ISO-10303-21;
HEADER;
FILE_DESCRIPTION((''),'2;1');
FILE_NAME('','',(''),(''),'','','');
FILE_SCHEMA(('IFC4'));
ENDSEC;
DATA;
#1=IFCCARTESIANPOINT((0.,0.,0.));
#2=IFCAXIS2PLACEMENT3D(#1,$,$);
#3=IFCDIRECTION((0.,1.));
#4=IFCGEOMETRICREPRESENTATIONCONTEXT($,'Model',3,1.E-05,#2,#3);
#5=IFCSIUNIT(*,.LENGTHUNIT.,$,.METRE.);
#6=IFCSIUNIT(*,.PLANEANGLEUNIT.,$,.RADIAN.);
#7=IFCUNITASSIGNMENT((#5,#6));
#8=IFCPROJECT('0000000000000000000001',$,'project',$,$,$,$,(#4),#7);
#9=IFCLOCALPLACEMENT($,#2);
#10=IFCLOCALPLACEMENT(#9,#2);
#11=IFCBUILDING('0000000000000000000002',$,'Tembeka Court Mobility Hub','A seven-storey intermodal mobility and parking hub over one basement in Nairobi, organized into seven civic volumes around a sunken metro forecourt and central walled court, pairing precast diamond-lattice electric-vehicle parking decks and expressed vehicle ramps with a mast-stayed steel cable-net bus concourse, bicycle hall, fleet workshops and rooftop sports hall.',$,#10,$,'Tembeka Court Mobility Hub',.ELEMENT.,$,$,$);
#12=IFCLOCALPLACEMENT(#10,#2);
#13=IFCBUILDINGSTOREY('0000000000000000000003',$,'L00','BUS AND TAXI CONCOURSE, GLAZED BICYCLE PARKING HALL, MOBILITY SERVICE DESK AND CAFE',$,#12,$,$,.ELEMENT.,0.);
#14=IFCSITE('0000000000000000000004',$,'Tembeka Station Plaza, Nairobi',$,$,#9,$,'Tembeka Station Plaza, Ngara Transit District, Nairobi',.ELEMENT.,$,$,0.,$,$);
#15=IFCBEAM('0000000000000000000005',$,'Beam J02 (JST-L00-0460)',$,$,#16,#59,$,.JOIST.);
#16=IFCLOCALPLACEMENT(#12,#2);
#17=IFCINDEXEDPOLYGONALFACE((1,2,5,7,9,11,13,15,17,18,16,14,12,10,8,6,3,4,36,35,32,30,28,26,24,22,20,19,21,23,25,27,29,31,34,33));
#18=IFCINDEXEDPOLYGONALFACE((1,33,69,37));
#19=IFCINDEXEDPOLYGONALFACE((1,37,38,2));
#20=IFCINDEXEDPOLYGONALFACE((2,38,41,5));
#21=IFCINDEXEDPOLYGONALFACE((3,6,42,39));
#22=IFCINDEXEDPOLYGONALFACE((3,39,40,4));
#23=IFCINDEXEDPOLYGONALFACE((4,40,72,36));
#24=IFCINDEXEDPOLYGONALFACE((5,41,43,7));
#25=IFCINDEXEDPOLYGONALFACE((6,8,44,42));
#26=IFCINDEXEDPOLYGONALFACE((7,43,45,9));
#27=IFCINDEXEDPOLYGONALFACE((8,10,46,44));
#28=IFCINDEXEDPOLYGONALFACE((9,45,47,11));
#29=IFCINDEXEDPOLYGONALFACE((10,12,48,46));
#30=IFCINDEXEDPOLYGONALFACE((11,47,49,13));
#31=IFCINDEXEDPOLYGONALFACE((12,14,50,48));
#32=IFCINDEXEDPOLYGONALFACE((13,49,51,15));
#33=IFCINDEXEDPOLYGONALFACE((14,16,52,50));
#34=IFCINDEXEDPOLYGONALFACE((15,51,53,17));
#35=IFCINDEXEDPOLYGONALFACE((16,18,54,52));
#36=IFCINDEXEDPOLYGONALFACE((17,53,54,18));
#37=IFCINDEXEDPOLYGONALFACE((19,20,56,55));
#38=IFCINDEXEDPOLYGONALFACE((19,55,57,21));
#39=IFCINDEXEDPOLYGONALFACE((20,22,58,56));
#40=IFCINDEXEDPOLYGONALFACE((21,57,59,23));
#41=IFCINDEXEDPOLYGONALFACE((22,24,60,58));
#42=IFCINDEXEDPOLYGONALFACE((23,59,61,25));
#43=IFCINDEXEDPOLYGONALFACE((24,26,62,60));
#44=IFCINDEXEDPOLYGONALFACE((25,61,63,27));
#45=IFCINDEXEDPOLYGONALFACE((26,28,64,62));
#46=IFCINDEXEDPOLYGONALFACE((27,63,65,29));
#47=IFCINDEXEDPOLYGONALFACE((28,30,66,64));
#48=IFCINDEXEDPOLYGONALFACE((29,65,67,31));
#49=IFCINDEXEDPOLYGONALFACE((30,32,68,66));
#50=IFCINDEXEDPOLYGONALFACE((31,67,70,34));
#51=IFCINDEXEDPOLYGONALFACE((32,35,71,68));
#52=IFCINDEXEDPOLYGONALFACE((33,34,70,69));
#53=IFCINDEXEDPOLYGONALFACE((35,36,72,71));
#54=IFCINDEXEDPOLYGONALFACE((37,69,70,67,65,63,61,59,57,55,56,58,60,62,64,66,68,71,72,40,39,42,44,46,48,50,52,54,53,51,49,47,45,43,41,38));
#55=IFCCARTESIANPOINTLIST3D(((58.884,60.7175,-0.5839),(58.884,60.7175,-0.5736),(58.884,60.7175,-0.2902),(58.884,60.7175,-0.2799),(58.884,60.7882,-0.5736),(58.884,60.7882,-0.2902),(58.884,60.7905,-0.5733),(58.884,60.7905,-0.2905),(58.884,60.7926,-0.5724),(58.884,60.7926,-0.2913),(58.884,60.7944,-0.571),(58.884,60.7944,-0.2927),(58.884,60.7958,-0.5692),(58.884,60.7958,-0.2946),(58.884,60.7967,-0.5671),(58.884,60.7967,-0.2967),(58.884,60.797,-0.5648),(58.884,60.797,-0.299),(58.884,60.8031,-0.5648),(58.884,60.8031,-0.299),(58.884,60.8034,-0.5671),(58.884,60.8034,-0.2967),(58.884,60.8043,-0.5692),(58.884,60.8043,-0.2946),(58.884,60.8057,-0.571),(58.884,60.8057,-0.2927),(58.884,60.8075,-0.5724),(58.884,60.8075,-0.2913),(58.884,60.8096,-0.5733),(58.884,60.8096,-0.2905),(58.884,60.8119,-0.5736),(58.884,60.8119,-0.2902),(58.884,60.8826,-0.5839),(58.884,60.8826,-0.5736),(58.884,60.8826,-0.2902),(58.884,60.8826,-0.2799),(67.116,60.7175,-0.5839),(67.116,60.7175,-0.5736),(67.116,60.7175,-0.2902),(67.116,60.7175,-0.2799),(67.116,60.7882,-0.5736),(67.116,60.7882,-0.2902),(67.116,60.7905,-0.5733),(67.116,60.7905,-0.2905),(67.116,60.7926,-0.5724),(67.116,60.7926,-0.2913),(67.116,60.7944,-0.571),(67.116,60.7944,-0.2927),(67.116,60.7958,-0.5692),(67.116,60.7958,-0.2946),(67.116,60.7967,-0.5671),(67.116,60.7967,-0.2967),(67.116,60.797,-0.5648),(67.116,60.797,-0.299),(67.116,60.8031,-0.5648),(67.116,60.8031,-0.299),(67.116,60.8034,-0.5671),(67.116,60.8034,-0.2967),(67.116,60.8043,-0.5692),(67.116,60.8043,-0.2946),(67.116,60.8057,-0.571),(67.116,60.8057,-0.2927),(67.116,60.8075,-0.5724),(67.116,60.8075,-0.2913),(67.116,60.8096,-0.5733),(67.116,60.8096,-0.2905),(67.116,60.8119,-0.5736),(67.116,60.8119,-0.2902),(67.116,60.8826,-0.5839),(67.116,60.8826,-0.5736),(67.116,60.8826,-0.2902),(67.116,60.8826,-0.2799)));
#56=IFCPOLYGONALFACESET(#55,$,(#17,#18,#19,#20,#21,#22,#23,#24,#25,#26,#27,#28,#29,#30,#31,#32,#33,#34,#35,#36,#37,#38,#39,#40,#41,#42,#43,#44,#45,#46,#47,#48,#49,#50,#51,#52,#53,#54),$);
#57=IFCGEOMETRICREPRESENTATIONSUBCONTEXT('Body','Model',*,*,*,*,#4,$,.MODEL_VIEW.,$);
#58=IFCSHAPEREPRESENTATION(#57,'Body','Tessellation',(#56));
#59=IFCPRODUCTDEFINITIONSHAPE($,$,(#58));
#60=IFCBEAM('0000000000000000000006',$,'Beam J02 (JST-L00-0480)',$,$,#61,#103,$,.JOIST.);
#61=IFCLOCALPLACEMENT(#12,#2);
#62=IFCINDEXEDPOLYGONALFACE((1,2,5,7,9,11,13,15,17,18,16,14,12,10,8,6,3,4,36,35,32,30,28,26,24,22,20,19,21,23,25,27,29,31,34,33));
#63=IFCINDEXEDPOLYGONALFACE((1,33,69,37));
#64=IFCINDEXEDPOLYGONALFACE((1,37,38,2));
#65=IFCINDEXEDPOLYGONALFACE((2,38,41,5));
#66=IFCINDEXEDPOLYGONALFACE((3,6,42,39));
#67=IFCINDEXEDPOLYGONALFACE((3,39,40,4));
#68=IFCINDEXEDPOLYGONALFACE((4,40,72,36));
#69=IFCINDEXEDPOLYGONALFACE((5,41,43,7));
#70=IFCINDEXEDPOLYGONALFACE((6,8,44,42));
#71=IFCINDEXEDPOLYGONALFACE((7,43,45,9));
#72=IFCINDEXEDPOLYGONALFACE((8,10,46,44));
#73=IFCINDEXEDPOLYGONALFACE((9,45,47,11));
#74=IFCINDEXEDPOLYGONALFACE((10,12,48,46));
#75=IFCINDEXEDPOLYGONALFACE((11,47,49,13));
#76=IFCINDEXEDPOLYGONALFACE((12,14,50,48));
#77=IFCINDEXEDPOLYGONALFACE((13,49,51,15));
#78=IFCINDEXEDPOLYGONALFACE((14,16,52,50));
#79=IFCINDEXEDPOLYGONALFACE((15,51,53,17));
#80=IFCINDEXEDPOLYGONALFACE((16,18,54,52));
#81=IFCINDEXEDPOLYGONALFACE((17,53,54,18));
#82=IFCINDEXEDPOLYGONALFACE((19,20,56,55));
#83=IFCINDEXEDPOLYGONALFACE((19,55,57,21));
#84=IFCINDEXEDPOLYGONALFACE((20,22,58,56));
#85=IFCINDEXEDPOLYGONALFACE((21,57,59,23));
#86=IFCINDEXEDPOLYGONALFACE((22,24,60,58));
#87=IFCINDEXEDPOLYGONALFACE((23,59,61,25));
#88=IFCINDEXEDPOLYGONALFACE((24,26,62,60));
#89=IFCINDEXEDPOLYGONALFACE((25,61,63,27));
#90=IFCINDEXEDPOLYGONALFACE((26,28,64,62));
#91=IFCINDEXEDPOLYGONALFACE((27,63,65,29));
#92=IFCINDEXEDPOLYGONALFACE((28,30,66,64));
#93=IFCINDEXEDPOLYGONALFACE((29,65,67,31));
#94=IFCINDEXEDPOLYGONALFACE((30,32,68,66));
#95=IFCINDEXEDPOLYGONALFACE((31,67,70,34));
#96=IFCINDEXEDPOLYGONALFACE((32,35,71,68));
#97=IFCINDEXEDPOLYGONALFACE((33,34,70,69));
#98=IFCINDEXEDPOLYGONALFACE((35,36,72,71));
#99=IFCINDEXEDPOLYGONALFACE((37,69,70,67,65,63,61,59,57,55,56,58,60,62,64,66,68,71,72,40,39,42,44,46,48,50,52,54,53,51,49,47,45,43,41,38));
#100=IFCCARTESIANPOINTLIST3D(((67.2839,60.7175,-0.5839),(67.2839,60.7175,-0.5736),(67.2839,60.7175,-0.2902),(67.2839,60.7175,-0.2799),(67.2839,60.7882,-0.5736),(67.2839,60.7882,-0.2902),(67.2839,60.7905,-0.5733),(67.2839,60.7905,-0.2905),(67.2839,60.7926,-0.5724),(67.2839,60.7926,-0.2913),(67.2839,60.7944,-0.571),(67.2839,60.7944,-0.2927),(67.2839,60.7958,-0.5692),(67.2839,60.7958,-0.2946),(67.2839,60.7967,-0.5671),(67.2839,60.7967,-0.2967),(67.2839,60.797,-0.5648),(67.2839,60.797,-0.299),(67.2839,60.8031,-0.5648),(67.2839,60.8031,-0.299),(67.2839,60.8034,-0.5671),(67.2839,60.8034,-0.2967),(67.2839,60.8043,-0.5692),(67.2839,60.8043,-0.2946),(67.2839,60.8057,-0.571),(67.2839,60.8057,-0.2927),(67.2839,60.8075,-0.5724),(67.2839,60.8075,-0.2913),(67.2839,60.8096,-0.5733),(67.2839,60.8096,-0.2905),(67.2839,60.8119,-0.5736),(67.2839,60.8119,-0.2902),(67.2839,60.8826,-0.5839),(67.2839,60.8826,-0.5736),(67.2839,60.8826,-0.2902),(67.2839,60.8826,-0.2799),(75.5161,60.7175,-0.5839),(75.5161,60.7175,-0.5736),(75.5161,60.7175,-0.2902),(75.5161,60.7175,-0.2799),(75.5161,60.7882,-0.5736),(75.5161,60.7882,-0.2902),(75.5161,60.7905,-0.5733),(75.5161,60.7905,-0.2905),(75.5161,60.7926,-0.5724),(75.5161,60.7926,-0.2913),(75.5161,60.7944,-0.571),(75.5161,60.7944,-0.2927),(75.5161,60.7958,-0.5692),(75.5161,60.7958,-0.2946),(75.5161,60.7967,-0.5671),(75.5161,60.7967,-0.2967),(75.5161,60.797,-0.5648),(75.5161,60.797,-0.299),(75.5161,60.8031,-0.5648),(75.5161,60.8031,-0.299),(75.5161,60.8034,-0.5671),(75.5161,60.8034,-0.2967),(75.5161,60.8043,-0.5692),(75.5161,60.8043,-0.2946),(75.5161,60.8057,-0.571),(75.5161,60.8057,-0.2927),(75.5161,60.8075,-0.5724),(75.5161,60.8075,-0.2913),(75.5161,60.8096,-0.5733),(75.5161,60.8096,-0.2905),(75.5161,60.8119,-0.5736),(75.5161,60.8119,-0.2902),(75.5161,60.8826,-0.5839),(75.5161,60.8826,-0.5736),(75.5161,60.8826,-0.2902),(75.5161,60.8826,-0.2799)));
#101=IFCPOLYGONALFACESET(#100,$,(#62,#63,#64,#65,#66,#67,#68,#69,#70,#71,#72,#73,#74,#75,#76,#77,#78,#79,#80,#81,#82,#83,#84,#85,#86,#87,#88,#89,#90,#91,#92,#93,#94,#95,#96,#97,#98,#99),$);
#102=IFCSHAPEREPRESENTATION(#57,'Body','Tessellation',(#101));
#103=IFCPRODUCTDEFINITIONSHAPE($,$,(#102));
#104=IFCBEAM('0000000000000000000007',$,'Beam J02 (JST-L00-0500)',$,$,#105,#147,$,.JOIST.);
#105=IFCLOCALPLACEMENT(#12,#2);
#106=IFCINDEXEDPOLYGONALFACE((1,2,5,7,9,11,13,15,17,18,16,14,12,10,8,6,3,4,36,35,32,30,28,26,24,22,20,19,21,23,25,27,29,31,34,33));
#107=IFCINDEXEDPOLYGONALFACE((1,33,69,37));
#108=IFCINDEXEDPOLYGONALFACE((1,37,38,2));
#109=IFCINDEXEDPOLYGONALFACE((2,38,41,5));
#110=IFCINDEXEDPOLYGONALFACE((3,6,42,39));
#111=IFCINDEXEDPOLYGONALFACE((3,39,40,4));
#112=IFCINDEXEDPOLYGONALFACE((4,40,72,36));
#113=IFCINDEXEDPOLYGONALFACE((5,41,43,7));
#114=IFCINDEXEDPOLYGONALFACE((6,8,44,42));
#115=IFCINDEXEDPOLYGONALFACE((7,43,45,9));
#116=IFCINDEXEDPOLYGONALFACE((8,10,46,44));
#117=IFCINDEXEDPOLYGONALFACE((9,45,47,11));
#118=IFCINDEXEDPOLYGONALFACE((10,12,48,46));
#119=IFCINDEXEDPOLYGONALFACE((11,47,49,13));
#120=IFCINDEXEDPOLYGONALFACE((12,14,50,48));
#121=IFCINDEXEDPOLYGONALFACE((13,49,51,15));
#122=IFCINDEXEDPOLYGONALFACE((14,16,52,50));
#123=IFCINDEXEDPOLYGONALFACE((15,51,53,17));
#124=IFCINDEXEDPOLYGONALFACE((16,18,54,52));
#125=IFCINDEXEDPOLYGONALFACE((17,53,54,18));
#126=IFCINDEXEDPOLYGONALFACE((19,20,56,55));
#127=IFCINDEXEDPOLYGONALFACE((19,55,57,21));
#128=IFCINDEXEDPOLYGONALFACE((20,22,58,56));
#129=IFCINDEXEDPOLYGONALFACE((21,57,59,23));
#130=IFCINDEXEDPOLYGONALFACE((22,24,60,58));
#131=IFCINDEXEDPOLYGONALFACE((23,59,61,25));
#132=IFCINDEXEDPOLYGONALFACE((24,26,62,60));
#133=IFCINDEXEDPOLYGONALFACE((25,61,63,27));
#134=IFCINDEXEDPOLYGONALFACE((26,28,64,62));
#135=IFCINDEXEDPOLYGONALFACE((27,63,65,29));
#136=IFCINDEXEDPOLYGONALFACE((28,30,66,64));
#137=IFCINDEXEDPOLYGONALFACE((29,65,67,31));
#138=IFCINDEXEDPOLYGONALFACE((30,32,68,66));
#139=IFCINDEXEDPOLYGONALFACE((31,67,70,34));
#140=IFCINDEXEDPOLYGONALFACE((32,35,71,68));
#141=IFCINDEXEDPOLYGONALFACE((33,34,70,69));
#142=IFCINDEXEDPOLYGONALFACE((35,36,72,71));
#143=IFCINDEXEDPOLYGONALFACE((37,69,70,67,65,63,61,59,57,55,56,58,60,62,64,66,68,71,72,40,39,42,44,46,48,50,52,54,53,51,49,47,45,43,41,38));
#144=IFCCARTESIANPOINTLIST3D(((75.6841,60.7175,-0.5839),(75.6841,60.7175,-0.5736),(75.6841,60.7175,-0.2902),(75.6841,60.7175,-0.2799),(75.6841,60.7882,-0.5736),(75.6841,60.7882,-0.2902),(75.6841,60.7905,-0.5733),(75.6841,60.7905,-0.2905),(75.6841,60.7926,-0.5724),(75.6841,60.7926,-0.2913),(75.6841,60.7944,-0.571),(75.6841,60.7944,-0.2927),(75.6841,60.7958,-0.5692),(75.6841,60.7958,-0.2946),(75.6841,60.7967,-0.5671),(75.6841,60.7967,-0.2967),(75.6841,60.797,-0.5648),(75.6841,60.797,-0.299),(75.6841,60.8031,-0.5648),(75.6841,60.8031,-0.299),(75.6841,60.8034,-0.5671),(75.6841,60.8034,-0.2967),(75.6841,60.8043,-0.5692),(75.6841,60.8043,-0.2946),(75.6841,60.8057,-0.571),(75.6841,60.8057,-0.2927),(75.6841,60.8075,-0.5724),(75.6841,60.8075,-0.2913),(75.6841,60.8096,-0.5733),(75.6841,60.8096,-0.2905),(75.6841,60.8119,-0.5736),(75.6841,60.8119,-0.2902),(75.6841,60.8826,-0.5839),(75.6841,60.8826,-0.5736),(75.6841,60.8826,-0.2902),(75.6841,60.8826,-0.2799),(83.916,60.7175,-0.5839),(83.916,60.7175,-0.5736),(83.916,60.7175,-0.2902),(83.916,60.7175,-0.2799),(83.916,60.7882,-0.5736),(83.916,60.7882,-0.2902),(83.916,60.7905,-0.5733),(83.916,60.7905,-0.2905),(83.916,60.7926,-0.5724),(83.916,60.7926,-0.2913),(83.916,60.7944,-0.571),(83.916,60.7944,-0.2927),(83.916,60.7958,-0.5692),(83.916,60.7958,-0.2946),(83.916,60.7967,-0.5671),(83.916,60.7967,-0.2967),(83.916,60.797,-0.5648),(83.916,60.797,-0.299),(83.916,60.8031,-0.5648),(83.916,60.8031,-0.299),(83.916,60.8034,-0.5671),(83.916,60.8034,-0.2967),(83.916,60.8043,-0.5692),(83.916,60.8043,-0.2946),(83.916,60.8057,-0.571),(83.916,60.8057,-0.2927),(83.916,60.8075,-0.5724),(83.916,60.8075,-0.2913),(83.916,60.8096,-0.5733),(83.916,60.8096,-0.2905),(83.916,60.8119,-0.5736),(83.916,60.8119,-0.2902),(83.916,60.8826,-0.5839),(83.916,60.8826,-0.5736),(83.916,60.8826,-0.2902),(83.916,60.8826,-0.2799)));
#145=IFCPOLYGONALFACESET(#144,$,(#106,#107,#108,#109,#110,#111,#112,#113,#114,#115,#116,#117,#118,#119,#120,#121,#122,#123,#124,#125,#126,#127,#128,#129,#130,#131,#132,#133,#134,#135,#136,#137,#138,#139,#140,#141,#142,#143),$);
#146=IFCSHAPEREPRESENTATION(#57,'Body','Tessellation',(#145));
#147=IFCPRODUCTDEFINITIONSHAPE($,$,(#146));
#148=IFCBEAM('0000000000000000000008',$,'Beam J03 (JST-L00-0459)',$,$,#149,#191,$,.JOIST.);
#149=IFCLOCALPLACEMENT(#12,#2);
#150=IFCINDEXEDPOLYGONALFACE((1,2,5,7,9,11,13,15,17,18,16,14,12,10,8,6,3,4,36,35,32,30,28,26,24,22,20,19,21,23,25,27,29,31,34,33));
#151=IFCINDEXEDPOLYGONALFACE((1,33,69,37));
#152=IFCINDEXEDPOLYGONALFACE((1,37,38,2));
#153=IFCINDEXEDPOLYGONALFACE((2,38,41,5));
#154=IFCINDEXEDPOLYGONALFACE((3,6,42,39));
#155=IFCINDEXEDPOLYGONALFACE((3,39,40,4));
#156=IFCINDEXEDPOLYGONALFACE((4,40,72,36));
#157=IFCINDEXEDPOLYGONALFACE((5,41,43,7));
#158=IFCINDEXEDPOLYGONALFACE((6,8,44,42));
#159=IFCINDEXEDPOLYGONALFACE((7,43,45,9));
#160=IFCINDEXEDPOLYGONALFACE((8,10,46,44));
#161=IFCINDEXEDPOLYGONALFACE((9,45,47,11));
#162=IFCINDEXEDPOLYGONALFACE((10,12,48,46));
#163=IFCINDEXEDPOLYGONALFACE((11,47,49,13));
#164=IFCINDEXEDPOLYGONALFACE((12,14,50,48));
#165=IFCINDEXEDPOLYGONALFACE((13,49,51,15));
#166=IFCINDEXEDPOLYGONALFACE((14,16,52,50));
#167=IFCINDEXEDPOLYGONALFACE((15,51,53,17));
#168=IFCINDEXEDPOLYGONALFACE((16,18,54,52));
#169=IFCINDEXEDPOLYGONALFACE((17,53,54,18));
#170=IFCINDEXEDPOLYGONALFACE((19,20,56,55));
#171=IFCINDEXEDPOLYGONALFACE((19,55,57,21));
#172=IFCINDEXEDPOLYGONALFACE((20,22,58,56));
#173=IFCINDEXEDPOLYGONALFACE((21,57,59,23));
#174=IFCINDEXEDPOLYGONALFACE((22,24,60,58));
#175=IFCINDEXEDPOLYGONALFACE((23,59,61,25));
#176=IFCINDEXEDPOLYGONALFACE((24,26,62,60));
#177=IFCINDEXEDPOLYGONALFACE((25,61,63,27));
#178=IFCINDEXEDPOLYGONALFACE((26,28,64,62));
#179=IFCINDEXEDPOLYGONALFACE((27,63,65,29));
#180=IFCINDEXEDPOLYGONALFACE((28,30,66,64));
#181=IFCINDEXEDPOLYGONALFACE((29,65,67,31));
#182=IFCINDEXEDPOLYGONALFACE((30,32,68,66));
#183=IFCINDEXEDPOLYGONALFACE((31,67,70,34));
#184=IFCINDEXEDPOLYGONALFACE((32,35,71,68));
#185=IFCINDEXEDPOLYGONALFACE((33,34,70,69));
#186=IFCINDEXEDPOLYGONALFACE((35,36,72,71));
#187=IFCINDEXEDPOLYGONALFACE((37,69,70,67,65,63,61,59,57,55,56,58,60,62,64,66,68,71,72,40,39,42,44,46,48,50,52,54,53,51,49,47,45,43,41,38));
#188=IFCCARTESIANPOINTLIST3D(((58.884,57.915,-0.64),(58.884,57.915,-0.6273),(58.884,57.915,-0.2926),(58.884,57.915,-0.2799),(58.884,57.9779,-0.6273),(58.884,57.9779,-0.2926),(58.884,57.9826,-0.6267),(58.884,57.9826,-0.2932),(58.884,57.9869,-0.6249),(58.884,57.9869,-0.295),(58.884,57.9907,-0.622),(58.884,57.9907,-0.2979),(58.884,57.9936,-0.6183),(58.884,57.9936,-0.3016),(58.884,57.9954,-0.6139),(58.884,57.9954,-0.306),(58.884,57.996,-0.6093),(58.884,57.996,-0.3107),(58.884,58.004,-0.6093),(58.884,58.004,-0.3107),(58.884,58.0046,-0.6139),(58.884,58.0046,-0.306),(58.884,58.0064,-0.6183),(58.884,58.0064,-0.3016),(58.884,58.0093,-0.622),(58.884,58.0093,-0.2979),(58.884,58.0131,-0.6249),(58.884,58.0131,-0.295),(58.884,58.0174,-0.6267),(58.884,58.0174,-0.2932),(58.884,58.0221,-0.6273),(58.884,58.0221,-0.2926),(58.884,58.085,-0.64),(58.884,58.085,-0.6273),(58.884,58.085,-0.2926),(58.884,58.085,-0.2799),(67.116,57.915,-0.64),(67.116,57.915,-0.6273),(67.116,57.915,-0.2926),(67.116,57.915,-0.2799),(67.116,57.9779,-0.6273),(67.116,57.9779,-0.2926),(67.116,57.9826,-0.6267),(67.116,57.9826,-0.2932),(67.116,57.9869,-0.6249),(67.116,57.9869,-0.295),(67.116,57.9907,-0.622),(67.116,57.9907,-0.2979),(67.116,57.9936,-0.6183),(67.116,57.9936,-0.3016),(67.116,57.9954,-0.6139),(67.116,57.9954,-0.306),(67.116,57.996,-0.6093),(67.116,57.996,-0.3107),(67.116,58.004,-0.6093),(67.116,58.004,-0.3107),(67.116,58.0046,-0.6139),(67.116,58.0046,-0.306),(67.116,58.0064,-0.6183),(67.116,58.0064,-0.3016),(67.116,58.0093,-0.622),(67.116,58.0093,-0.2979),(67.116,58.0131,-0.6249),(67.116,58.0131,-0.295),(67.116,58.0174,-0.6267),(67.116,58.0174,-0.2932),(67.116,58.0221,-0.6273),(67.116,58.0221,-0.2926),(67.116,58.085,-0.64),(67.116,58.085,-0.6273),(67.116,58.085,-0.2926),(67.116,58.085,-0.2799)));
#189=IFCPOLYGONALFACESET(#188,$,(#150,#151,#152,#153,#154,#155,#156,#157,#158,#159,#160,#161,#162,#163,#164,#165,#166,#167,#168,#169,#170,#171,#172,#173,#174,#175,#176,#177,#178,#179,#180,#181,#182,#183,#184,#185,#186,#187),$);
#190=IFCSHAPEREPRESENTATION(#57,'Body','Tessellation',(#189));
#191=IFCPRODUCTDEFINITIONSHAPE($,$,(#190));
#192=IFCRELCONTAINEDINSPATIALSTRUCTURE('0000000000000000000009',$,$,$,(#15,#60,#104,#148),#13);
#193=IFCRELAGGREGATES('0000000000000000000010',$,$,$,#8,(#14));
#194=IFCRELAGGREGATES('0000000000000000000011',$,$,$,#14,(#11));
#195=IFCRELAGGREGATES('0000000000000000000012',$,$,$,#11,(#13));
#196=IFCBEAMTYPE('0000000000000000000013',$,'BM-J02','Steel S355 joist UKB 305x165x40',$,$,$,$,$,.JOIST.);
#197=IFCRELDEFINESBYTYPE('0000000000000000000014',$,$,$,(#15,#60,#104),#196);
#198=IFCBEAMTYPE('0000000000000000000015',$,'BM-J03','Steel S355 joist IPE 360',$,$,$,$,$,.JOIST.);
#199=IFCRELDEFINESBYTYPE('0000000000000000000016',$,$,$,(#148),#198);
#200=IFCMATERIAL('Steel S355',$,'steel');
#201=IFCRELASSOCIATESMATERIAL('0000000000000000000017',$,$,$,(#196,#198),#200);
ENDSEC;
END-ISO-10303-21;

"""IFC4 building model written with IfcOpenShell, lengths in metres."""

from ifc_helpers import new_model, si_unit, direction, frame, origin, origin_2d, place, context, subcontext, project, spatial, i_section, extrude, material, material_profile, profile_set, type_object, element, save


model = new_model("IFC4")

# Units and contexts
model_context = context("Model", 3, precision=1e-05, world=origin(), true_north=direction((0.0, 1.0)))
body_context = subcontext(model_context, "Body", "Model", "MODEL_VIEW")
ifc_project = project(units=[si_unit("LENGTHUNIT", "METRE"), si_unit("PLANEANGLEUNIT", "RADIAN")], contexts=[model_context])

# Site, building, storey
site_placement = place(None, origin())
site = spatial("IfcSite", under=ifc_project, at=site_placement, Name="Tembeka Station Plaza, Nairobi", LongName="Tembeka Station Plaza, Ngara Transit District, Nairobi", CompositionType="ELEMENT", RefElevation=0.0)
building_placement = place(site_placement, origin())
building = spatial("IfcBuilding", under=site, at=building_placement, Name="Tembeka Court Mobility Hub", Description="A seven-storey intermodal mobility and parking hub over one basement in Nairobi, organized into seven civic volumes around a sunken metro forecourt and central walled court, pairing precast diamond-lattice electric-vehicle parking decks and expressed vehicle ramps with a mast-stayed steel cable-net bus concourse, bicycle hall, fleet workshops and rooftop sports hall.", LongName="Tembeka Court Mobility Hub", CompositionType="ELEMENT")
storey_placement = place(building_placement, origin())
storey = spatial("IfcBuildingStorey", under=building, at=storey_placement, Name="L00", Description="BUS AND TAXI CONCOURSE, GLAZED BICYCLE PARKING HALL, MOBILITY SERVICE DESK AND CAFE", CompositionType="ELEMENT", Elevation=0.0)

# Beams
ifc_material_1 = material(Name="Steel S355", Category="steel")
ifc_material_profile_1 = material_profile(ifc_material_1, i_section(OverallWidth=0.165, OverallDepth=0.304, WebThickness=0.0061, FlangeThickness=0.0103, FilletRadius=0.0088, at=origin_2d()), Name="UKB 305x165x40")
ifc_profile_set_1 = profile_set([ifc_material_profile_1], Name="Steel S355")
beam_type_1 = type_object("IfcBeamType", Name="BM-J02", Description="Steel S355 joist UKB 305x165x40", PredefinedType="JOIST", material=ifc_profile_set_1)
beam_1_placement = place(storey_placement, frame((58.884, 60.8, -0.4319), z_axis=(1.0, 0.0, 0.0), x_axis=(0.0, 1.0, 0.0)))
element("IfcBeam", 1, at=beam_1_placement, inside=storey, type_object=beam_type_1, Name="Beam J02 (JST-L00-0460)", PredefinedType="JOIST", context=body_context, shape_type="SweptSolid", body=[
    extrude(i_section(OverallWidth=0.165, OverallDepth=0.304, WebThickness=0.0061, FlangeThickness=0.0103, FilletRadius=0.0088, at=origin_2d()), origin(), (0.0, 0.0, 1.0), 8.2319),
])
beam_2_placement = place(storey_placement, frame((67.2839, 60.8, -0.4319), z_axis=(1.0, 0.0, 0.0), x_axis=(0.0, 1.0, 0.0)))
element("IfcBeam", 2, at=beam_2_placement, inside=storey, type_object=beam_type_1, Name="Beam J02 (JST-L00-0480)", PredefinedType="JOIST", context=body_context, shape_type="SweptSolid", body=[
    extrude(i_section(OverallWidth=0.165, OverallDepth=0.304, WebThickness=0.0061, FlangeThickness=0.0103, FilletRadius=0.0088, at=origin_2d()), origin(), (0.0, 0.0, 1.0), 8.2322),
])
beam_3_placement = place(storey_placement, frame((75.6841, 60.8, -0.4319), z_axis=(1.0, 0.0, 0.0), x_axis=(0.0, 1.0, 0.0)))
element("IfcBeam", 3, at=beam_3_placement, inside=storey, type_object=beam_type_1, Name="Beam J02 (JST-L00-0500)", PredefinedType="JOIST", context=body_context, shape_type="SweptSolid", body=[
    extrude(i_section(OverallWidth=0.165, OverallDepth=0.304, WebThickness=0.0061, FlangeThickness=0.0103, FilletRadius=0.0088, at=origin_2d()), origin(), (0.0, 0.0, 1.0), 8.2319),
])
ifc_material_profile_2 = material_profile(ifc_material_1, i_section(OverallWidth=0.1699, OverallDepth=0.3601, WebThickness=0.0081, FlangeThickness=0.0127, FilletRadius=0.0181, at=origin_2d()), Name="IPE 360")
ifc_profile_set_2 = profile_set([ifc_material_profile_2], Name="Steel S355")
beam_type_2 = type_object("IfcBeamType", Name="BM-J03", Description="Steel S355 joist IPE 360", PredefinedType="JOIST", material=ifc_profile_set_2)
beam_4_placement = place(storey_placement, frame((58.884, 58.0, -0.46), z_axis=(1.0, 0.0, 0.0), x_axis=(0.0, 1.0, 0.0)))
element("IfcBeam", 4, at=beam_4_placement, inside=storey, type_object=beam_type_2, Name="Beam J03 (JST-L00-0459)", PredefinedType="JOIST", context=body_context, shape_type="SweptSolid", body=[
    extrude(i_section(OverallWidth=0.1699, OverallDepth=0.3601, WebThickness=0.0081, FlangeThickness=0.0127, FilletRadius=0.0181, at=origin_2d()), origin(), (0.0, 0.0, 1.0), 8.2319),
])

save(model, "model.ifc")
